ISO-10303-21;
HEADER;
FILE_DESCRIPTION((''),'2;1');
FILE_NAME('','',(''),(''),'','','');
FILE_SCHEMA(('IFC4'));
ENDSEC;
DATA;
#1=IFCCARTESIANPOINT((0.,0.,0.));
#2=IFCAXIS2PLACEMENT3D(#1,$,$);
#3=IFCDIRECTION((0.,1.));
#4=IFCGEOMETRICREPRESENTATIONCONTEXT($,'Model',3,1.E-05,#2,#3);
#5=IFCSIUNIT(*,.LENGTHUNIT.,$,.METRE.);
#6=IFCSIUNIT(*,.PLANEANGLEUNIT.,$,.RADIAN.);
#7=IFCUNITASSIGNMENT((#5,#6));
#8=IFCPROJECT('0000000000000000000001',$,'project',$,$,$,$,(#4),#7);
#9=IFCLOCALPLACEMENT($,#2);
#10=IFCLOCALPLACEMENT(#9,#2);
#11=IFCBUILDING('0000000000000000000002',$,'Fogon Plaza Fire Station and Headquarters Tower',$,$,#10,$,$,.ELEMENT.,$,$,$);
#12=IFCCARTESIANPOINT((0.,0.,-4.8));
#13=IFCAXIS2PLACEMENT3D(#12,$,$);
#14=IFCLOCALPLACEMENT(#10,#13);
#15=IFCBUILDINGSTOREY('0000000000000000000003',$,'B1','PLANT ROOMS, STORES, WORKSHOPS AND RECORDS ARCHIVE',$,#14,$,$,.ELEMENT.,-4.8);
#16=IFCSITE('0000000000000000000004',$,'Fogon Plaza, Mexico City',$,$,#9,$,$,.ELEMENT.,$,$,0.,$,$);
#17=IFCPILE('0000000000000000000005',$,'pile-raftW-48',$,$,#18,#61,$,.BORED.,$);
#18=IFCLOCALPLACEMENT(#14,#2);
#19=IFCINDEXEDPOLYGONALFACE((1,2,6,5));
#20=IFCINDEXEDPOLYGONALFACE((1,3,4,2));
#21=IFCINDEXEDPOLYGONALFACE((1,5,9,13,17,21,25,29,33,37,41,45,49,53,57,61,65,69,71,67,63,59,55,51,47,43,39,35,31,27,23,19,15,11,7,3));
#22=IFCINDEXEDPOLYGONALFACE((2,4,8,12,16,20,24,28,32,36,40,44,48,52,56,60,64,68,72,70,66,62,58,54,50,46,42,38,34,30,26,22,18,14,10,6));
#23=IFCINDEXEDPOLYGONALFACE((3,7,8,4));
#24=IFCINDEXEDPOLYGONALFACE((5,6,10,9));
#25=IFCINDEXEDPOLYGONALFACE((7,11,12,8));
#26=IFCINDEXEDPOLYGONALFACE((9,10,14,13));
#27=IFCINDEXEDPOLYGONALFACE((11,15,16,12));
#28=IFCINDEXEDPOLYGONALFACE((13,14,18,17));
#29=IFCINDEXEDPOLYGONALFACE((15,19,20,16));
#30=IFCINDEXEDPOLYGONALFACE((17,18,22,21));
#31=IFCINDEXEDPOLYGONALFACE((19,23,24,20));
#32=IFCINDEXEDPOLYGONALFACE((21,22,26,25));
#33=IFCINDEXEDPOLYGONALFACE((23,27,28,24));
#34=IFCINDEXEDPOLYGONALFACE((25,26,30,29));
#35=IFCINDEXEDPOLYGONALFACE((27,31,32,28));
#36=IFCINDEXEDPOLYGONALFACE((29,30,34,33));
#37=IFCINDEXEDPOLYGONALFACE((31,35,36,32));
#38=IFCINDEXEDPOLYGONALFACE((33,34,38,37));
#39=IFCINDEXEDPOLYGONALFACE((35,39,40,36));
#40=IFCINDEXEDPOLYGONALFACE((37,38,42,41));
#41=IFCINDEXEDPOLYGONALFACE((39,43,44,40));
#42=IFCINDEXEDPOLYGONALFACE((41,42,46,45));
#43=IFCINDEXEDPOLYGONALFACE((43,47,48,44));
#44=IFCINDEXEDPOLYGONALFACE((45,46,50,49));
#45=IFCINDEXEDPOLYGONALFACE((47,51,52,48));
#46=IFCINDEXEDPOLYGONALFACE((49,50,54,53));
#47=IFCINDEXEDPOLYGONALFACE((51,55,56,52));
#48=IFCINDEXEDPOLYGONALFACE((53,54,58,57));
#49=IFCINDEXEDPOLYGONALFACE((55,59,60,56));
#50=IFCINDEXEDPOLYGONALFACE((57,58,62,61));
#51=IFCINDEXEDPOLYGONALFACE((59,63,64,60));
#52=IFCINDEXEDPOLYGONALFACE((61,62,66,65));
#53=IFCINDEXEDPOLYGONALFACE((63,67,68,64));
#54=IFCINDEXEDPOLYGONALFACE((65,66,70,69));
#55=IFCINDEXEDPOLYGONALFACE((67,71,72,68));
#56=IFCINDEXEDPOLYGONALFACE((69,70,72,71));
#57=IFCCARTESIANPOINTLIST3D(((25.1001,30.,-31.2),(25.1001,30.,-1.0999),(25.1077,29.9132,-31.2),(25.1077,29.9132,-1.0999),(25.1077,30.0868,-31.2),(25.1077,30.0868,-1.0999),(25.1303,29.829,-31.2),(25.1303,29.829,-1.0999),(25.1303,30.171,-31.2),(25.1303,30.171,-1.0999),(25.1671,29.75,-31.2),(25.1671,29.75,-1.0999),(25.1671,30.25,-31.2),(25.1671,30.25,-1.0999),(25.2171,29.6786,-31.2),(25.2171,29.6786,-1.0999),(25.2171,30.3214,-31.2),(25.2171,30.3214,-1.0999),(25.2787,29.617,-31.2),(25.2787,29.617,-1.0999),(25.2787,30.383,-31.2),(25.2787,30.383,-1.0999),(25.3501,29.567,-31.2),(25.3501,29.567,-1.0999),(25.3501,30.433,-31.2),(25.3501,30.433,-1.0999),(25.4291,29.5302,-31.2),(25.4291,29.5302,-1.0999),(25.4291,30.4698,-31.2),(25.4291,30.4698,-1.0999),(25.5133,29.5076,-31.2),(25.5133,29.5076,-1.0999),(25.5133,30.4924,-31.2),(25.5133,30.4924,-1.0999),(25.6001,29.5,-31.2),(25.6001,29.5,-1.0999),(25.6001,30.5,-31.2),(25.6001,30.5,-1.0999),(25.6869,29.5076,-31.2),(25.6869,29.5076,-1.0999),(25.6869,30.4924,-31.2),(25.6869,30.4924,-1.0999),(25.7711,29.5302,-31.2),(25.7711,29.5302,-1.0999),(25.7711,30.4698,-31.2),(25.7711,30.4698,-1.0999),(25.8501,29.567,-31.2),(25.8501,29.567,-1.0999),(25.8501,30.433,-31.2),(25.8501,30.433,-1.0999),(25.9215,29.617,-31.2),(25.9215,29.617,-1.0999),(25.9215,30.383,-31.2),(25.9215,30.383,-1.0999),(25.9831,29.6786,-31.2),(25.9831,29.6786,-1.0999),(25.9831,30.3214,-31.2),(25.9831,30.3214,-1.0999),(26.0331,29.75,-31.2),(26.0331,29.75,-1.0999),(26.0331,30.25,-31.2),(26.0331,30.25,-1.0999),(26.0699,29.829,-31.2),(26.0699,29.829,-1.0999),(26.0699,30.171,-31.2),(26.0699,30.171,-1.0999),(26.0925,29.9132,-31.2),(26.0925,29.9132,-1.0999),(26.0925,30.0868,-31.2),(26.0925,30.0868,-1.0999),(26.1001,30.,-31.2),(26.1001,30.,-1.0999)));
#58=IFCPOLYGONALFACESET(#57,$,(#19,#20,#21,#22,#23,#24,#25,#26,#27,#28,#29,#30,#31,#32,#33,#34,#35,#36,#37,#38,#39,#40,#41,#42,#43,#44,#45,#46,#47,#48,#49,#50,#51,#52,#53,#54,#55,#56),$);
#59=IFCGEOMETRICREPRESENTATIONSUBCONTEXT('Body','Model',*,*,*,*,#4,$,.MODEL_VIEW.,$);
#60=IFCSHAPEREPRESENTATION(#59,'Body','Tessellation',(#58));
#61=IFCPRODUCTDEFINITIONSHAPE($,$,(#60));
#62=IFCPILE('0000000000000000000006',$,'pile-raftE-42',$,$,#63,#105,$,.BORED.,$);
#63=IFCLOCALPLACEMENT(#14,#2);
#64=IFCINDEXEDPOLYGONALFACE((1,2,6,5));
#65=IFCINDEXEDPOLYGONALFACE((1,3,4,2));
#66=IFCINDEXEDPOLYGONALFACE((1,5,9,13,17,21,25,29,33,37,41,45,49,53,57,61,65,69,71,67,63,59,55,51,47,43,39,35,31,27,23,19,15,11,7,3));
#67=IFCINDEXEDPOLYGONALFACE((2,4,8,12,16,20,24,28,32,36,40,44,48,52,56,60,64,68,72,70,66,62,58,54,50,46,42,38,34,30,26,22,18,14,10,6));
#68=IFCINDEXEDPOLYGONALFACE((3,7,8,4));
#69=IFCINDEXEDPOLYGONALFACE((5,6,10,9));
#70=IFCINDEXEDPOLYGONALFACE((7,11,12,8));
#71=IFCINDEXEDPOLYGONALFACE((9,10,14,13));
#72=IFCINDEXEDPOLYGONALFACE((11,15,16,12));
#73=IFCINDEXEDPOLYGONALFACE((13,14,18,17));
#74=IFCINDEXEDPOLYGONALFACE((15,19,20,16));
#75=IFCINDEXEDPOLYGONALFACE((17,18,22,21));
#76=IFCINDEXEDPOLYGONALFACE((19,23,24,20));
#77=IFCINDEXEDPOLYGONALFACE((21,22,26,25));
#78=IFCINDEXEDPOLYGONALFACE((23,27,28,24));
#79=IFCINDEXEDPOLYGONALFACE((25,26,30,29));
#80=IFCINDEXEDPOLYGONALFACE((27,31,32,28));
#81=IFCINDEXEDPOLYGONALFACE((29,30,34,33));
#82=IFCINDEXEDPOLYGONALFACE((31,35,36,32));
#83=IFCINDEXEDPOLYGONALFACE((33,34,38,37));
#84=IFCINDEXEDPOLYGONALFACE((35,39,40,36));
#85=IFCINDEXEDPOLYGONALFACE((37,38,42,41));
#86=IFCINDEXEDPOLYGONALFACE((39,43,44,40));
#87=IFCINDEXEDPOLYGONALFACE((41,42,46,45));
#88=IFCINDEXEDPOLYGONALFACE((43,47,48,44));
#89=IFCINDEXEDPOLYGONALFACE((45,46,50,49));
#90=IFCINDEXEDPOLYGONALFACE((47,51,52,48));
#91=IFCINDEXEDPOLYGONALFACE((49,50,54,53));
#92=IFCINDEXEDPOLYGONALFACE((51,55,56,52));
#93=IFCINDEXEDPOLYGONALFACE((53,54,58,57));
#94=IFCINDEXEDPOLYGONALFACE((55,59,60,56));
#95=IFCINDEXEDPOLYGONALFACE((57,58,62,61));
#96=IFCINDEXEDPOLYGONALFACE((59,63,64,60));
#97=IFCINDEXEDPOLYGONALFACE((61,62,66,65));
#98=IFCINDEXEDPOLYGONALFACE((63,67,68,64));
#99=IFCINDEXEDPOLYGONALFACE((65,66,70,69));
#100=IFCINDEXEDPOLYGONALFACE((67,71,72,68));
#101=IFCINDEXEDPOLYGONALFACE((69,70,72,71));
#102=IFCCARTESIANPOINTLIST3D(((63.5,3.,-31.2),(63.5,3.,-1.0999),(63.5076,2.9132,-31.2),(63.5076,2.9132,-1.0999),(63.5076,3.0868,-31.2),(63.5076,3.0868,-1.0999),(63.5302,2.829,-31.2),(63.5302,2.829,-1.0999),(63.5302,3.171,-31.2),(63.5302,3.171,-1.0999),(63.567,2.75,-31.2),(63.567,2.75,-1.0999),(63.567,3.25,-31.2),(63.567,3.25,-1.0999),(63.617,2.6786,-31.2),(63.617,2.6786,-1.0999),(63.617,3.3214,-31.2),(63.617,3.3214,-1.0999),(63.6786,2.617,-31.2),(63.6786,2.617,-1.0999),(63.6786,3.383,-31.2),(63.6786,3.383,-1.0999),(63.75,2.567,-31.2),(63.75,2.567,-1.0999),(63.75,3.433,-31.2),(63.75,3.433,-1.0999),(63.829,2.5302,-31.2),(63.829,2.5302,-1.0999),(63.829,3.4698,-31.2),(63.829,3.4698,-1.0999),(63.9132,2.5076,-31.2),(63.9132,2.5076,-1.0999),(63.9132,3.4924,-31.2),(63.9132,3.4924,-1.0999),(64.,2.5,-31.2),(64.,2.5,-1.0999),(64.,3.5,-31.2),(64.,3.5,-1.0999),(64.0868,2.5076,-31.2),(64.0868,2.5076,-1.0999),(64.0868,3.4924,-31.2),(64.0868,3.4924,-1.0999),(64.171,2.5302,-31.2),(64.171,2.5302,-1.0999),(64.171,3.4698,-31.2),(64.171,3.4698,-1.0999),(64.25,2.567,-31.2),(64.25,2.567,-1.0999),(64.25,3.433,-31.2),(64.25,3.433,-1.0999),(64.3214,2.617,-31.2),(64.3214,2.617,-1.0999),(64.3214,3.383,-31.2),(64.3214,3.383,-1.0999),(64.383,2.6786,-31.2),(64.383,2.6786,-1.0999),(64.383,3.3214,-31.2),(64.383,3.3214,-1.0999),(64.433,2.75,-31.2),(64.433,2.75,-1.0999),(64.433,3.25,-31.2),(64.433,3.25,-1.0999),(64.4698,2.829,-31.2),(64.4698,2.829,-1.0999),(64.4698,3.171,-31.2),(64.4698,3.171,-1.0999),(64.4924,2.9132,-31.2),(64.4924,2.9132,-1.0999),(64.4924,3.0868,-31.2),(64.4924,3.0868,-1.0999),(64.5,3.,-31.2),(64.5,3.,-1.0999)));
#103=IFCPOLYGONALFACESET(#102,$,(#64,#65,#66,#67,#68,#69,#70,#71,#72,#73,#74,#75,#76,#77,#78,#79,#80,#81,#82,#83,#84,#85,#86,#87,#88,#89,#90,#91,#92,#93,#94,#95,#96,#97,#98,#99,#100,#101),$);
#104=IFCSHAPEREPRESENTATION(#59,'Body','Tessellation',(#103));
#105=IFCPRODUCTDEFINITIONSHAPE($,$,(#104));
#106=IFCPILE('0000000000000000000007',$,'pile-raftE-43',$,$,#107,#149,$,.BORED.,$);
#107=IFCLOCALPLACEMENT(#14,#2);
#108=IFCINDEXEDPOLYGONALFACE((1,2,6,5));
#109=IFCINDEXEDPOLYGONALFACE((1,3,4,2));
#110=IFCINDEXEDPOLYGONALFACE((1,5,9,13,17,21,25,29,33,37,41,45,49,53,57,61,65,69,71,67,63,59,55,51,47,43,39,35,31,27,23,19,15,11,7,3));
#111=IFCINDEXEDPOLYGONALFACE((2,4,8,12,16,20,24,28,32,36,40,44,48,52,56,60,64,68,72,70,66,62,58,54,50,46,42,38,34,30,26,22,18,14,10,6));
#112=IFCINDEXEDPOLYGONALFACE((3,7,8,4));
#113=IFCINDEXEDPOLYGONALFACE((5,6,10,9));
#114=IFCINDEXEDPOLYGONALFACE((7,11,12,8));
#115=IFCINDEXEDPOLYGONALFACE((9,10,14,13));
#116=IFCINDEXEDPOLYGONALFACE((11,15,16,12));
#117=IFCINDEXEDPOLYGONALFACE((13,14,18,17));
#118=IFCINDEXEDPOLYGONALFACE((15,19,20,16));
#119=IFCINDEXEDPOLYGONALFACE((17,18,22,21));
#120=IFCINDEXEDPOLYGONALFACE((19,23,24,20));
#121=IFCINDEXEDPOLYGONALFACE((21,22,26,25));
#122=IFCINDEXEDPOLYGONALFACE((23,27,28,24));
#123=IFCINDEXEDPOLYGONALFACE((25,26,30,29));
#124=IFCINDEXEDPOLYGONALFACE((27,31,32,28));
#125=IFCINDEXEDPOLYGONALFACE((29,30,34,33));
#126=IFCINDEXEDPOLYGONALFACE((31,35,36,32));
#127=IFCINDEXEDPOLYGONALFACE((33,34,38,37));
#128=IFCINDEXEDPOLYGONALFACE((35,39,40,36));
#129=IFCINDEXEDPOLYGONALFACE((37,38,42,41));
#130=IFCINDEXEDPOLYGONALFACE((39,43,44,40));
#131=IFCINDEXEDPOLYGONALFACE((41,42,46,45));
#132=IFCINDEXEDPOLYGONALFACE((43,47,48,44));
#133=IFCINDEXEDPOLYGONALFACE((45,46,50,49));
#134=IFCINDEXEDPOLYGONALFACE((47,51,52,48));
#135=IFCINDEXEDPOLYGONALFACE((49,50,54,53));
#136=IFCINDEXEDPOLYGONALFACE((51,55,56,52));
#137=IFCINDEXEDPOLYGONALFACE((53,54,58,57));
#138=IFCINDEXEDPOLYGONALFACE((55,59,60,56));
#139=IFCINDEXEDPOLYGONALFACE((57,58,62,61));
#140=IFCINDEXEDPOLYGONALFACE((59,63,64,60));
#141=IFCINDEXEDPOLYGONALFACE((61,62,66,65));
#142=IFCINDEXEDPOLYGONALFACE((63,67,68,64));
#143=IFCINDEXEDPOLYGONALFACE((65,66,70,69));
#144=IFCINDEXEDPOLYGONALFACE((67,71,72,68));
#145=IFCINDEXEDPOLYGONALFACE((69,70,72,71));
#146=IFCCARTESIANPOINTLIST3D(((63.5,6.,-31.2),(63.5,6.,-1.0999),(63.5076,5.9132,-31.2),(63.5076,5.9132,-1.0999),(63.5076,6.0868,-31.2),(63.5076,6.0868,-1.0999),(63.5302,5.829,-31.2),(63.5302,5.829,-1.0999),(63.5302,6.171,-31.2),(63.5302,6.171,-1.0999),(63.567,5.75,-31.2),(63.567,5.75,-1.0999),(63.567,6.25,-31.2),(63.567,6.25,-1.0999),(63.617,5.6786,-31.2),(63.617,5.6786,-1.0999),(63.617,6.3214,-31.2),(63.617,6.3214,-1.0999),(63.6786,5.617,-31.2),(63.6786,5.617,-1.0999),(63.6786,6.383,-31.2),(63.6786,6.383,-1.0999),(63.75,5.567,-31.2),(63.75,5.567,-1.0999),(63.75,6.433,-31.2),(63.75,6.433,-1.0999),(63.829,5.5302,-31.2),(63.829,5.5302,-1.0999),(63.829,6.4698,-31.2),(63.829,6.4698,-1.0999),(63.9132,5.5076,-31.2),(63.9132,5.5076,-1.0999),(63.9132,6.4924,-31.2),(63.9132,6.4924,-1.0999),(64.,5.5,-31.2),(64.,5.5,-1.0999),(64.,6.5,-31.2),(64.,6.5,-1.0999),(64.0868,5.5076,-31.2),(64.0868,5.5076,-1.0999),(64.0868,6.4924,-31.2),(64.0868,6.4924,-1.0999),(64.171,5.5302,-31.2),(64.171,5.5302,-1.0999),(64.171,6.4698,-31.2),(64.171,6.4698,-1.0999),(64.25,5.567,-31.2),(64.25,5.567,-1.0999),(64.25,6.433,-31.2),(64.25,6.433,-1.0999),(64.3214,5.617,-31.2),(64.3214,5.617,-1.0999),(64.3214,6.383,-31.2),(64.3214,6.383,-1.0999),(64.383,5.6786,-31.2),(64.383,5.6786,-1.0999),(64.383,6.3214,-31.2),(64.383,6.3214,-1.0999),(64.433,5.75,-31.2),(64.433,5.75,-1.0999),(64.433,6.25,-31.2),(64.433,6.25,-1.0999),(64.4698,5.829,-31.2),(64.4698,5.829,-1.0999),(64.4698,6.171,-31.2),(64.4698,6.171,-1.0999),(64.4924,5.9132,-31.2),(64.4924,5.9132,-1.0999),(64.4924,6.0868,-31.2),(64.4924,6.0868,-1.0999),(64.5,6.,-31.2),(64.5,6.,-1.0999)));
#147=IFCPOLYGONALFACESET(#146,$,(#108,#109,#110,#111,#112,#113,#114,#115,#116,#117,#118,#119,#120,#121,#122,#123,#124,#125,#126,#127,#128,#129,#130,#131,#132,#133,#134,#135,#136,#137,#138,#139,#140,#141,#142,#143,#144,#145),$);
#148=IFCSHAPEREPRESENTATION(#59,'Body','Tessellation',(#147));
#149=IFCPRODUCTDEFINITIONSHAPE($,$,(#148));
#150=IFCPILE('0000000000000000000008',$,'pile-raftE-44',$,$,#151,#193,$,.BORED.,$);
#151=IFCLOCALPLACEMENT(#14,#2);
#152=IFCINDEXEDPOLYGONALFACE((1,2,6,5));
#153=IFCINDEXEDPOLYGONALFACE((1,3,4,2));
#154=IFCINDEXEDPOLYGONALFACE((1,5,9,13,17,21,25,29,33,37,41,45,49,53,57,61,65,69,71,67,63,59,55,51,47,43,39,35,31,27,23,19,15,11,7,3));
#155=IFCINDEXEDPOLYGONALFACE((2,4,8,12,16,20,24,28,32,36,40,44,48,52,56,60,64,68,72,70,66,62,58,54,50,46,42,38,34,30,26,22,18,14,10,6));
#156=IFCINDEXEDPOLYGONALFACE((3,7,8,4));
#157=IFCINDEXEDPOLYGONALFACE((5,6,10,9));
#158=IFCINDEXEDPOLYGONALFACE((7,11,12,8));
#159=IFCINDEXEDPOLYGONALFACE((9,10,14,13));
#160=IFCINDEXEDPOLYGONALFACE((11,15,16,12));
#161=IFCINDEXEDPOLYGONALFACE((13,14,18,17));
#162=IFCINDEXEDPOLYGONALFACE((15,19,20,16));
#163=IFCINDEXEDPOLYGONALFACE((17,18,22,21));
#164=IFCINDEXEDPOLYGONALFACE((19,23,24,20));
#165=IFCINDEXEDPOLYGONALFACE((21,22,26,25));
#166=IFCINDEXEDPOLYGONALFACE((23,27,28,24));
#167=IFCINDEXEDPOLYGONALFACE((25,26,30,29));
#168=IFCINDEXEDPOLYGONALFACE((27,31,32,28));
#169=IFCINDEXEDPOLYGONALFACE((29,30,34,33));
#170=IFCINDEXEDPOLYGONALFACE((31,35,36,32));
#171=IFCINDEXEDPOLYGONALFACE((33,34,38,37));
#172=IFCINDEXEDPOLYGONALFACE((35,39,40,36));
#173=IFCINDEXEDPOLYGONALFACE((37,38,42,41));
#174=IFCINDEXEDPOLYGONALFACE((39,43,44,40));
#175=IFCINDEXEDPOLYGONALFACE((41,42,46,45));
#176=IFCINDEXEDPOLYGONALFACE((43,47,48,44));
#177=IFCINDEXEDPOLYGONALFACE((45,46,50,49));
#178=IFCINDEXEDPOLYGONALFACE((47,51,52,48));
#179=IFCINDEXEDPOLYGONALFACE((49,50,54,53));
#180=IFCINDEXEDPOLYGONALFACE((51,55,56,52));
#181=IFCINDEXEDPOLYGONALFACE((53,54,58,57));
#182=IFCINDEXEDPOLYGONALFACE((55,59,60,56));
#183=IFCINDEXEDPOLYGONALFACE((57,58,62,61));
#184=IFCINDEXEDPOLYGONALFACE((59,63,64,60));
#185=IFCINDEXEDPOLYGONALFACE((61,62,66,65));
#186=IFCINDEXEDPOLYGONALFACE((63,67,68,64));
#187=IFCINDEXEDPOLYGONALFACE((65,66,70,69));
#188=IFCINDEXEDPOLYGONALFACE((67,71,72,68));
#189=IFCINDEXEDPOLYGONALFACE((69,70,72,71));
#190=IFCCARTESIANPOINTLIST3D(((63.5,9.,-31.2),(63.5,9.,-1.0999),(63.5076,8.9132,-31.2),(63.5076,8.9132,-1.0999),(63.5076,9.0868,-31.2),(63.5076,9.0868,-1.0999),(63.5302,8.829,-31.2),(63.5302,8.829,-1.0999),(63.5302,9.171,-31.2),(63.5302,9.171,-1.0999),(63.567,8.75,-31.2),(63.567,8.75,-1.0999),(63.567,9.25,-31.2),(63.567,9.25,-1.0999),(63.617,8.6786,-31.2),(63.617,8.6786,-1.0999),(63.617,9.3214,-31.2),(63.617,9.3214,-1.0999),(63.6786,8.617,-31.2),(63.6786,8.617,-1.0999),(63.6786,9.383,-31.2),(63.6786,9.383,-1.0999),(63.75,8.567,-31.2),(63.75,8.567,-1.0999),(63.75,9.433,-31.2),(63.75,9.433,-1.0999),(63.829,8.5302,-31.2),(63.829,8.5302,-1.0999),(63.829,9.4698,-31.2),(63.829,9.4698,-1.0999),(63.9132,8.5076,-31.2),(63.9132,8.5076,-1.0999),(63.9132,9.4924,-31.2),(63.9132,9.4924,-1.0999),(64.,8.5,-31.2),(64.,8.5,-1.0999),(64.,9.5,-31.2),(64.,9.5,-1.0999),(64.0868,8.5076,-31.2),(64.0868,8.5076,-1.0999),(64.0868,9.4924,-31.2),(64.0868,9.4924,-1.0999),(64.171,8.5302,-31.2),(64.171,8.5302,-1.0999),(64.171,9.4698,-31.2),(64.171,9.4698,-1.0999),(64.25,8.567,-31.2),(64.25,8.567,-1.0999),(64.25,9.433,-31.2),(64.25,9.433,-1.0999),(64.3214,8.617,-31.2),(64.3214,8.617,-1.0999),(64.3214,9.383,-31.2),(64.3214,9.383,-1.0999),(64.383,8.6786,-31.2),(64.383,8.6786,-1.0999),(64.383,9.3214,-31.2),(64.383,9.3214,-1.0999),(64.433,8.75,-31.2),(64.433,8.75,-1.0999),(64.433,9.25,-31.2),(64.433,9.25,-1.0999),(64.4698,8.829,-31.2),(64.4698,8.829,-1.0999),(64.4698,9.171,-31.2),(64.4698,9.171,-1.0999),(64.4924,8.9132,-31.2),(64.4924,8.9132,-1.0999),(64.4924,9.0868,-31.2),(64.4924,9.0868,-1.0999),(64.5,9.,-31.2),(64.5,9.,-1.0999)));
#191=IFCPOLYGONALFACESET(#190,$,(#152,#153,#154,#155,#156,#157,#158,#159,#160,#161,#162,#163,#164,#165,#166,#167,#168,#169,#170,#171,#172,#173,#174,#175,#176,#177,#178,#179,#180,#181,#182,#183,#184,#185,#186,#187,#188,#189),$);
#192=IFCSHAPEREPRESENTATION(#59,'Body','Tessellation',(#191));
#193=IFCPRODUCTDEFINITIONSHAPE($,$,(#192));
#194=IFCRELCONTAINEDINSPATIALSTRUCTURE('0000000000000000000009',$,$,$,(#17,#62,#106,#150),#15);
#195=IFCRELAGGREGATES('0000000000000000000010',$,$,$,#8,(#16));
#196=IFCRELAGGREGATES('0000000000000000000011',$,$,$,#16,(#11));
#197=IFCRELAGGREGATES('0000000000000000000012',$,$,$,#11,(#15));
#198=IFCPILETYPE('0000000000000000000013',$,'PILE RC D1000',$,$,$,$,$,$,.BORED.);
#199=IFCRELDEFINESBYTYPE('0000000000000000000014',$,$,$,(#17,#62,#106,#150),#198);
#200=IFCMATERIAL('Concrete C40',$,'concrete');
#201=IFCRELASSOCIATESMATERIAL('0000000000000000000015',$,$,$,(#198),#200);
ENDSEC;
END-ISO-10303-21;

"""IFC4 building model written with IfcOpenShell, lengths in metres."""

from ifc_helpers import new_model, si_unit, direction, frame, origin, origin_2d, place, context, subcontext, project, spatial, circle, extrude, material, material_profile, profile_set, type_object, element, save


model = new_model("IFC4")

# Units and contexts
model_context = context("Model", 3, precision=1e-05, world=origin(), true_north=direction((0.0, 1.0)))
body_context = subcontext(model_context, "Body", "Model", "MODEL_VIEW")
ifc_project = project(units=[si_unit("LENGTHUNIT", "METRE"), si_unit("PLANEANGLEUNIT", "RADIAN")], contexts=[model_context])

# Site, building, storey
site_placement = place(None, origin())
site = spatial("IfcSite", under=ifc_project, at=site_placement, Name="Fogon Plaza, Mexico City", CompositionType="ELEMENT", RefElevation=0.0)
building_placement = place(site_placement, origin())
building = spatial("IfcBuilding", under=site, at=building_placement, Name="Fogon Plaza Fire Station and Headquarters Tower", CompositionType="ELEMENT")
storey_placement = place(building_placement, frame((0.0, 0.0, -4.8)))
storey = spatial("IfcBuildingStorey", under=building, at=storey_placement, Name="B1", Description="PLANT ROOMS, STORES, WORKSHOPS AND RECORDS ARCHIVE", CompositionType="ELEMENT", Elevation=-4.8)

# Piles
ifc_material_1 = material(Name="Concrete C40", Category="concrete")
ifc_material_profile_1 = material_profile(ifc_material_1, circle(Radius=0.5, at=origin_2d()), Name="RC D1000")
ifc_profile_set_1 = profile_set([ifc_material_profile_1], Name="Concrete C40")
pile_type_1 = type_object("IfcPileType", Name="PILE RC D1000", PredefinedType="BORED", material=ifc_profile_set_1)
for number, where, z_axis, x_axis, name in (
    (1, (25.6001, 30.0, -1.0999), (0.0, 0.0, -1.0), (1.0, 0.0, 0.0), "pile-raftW-48"),
    (2, (64.0, 3.0, -1.0999), (0.0, 0.0, -1.0), (1.0, 0.0, 0.0), "pile-raftE-42"),
    (3, (64.0, 6.0, -1.0999), (0.0, 0.0, -1.0), (1.0, 0.0, 0.0), "pile-raftE-43"),
    (4, (64.0, 9.0, -1.0999), (0.0, 0.0, -1.0), (1.0, 0.0, 0.0), "pile-raftE-44"),
):
    element("IfcPile", number, at=place(storey_placement, frame(where, z_axis=z_axis, x_axis=x_axis)), inside=storey, type_object=pile_type_1, Name=name, PredefinedType="BORED", context=body_context, shape_type="SweptSolid", body=[
        extrude(circle(Radius=0.5, at=origin_2d()), origin(), (0.0, 0.0, 1.0), 30.1001),
    ])

save(model, "model.ifc")
